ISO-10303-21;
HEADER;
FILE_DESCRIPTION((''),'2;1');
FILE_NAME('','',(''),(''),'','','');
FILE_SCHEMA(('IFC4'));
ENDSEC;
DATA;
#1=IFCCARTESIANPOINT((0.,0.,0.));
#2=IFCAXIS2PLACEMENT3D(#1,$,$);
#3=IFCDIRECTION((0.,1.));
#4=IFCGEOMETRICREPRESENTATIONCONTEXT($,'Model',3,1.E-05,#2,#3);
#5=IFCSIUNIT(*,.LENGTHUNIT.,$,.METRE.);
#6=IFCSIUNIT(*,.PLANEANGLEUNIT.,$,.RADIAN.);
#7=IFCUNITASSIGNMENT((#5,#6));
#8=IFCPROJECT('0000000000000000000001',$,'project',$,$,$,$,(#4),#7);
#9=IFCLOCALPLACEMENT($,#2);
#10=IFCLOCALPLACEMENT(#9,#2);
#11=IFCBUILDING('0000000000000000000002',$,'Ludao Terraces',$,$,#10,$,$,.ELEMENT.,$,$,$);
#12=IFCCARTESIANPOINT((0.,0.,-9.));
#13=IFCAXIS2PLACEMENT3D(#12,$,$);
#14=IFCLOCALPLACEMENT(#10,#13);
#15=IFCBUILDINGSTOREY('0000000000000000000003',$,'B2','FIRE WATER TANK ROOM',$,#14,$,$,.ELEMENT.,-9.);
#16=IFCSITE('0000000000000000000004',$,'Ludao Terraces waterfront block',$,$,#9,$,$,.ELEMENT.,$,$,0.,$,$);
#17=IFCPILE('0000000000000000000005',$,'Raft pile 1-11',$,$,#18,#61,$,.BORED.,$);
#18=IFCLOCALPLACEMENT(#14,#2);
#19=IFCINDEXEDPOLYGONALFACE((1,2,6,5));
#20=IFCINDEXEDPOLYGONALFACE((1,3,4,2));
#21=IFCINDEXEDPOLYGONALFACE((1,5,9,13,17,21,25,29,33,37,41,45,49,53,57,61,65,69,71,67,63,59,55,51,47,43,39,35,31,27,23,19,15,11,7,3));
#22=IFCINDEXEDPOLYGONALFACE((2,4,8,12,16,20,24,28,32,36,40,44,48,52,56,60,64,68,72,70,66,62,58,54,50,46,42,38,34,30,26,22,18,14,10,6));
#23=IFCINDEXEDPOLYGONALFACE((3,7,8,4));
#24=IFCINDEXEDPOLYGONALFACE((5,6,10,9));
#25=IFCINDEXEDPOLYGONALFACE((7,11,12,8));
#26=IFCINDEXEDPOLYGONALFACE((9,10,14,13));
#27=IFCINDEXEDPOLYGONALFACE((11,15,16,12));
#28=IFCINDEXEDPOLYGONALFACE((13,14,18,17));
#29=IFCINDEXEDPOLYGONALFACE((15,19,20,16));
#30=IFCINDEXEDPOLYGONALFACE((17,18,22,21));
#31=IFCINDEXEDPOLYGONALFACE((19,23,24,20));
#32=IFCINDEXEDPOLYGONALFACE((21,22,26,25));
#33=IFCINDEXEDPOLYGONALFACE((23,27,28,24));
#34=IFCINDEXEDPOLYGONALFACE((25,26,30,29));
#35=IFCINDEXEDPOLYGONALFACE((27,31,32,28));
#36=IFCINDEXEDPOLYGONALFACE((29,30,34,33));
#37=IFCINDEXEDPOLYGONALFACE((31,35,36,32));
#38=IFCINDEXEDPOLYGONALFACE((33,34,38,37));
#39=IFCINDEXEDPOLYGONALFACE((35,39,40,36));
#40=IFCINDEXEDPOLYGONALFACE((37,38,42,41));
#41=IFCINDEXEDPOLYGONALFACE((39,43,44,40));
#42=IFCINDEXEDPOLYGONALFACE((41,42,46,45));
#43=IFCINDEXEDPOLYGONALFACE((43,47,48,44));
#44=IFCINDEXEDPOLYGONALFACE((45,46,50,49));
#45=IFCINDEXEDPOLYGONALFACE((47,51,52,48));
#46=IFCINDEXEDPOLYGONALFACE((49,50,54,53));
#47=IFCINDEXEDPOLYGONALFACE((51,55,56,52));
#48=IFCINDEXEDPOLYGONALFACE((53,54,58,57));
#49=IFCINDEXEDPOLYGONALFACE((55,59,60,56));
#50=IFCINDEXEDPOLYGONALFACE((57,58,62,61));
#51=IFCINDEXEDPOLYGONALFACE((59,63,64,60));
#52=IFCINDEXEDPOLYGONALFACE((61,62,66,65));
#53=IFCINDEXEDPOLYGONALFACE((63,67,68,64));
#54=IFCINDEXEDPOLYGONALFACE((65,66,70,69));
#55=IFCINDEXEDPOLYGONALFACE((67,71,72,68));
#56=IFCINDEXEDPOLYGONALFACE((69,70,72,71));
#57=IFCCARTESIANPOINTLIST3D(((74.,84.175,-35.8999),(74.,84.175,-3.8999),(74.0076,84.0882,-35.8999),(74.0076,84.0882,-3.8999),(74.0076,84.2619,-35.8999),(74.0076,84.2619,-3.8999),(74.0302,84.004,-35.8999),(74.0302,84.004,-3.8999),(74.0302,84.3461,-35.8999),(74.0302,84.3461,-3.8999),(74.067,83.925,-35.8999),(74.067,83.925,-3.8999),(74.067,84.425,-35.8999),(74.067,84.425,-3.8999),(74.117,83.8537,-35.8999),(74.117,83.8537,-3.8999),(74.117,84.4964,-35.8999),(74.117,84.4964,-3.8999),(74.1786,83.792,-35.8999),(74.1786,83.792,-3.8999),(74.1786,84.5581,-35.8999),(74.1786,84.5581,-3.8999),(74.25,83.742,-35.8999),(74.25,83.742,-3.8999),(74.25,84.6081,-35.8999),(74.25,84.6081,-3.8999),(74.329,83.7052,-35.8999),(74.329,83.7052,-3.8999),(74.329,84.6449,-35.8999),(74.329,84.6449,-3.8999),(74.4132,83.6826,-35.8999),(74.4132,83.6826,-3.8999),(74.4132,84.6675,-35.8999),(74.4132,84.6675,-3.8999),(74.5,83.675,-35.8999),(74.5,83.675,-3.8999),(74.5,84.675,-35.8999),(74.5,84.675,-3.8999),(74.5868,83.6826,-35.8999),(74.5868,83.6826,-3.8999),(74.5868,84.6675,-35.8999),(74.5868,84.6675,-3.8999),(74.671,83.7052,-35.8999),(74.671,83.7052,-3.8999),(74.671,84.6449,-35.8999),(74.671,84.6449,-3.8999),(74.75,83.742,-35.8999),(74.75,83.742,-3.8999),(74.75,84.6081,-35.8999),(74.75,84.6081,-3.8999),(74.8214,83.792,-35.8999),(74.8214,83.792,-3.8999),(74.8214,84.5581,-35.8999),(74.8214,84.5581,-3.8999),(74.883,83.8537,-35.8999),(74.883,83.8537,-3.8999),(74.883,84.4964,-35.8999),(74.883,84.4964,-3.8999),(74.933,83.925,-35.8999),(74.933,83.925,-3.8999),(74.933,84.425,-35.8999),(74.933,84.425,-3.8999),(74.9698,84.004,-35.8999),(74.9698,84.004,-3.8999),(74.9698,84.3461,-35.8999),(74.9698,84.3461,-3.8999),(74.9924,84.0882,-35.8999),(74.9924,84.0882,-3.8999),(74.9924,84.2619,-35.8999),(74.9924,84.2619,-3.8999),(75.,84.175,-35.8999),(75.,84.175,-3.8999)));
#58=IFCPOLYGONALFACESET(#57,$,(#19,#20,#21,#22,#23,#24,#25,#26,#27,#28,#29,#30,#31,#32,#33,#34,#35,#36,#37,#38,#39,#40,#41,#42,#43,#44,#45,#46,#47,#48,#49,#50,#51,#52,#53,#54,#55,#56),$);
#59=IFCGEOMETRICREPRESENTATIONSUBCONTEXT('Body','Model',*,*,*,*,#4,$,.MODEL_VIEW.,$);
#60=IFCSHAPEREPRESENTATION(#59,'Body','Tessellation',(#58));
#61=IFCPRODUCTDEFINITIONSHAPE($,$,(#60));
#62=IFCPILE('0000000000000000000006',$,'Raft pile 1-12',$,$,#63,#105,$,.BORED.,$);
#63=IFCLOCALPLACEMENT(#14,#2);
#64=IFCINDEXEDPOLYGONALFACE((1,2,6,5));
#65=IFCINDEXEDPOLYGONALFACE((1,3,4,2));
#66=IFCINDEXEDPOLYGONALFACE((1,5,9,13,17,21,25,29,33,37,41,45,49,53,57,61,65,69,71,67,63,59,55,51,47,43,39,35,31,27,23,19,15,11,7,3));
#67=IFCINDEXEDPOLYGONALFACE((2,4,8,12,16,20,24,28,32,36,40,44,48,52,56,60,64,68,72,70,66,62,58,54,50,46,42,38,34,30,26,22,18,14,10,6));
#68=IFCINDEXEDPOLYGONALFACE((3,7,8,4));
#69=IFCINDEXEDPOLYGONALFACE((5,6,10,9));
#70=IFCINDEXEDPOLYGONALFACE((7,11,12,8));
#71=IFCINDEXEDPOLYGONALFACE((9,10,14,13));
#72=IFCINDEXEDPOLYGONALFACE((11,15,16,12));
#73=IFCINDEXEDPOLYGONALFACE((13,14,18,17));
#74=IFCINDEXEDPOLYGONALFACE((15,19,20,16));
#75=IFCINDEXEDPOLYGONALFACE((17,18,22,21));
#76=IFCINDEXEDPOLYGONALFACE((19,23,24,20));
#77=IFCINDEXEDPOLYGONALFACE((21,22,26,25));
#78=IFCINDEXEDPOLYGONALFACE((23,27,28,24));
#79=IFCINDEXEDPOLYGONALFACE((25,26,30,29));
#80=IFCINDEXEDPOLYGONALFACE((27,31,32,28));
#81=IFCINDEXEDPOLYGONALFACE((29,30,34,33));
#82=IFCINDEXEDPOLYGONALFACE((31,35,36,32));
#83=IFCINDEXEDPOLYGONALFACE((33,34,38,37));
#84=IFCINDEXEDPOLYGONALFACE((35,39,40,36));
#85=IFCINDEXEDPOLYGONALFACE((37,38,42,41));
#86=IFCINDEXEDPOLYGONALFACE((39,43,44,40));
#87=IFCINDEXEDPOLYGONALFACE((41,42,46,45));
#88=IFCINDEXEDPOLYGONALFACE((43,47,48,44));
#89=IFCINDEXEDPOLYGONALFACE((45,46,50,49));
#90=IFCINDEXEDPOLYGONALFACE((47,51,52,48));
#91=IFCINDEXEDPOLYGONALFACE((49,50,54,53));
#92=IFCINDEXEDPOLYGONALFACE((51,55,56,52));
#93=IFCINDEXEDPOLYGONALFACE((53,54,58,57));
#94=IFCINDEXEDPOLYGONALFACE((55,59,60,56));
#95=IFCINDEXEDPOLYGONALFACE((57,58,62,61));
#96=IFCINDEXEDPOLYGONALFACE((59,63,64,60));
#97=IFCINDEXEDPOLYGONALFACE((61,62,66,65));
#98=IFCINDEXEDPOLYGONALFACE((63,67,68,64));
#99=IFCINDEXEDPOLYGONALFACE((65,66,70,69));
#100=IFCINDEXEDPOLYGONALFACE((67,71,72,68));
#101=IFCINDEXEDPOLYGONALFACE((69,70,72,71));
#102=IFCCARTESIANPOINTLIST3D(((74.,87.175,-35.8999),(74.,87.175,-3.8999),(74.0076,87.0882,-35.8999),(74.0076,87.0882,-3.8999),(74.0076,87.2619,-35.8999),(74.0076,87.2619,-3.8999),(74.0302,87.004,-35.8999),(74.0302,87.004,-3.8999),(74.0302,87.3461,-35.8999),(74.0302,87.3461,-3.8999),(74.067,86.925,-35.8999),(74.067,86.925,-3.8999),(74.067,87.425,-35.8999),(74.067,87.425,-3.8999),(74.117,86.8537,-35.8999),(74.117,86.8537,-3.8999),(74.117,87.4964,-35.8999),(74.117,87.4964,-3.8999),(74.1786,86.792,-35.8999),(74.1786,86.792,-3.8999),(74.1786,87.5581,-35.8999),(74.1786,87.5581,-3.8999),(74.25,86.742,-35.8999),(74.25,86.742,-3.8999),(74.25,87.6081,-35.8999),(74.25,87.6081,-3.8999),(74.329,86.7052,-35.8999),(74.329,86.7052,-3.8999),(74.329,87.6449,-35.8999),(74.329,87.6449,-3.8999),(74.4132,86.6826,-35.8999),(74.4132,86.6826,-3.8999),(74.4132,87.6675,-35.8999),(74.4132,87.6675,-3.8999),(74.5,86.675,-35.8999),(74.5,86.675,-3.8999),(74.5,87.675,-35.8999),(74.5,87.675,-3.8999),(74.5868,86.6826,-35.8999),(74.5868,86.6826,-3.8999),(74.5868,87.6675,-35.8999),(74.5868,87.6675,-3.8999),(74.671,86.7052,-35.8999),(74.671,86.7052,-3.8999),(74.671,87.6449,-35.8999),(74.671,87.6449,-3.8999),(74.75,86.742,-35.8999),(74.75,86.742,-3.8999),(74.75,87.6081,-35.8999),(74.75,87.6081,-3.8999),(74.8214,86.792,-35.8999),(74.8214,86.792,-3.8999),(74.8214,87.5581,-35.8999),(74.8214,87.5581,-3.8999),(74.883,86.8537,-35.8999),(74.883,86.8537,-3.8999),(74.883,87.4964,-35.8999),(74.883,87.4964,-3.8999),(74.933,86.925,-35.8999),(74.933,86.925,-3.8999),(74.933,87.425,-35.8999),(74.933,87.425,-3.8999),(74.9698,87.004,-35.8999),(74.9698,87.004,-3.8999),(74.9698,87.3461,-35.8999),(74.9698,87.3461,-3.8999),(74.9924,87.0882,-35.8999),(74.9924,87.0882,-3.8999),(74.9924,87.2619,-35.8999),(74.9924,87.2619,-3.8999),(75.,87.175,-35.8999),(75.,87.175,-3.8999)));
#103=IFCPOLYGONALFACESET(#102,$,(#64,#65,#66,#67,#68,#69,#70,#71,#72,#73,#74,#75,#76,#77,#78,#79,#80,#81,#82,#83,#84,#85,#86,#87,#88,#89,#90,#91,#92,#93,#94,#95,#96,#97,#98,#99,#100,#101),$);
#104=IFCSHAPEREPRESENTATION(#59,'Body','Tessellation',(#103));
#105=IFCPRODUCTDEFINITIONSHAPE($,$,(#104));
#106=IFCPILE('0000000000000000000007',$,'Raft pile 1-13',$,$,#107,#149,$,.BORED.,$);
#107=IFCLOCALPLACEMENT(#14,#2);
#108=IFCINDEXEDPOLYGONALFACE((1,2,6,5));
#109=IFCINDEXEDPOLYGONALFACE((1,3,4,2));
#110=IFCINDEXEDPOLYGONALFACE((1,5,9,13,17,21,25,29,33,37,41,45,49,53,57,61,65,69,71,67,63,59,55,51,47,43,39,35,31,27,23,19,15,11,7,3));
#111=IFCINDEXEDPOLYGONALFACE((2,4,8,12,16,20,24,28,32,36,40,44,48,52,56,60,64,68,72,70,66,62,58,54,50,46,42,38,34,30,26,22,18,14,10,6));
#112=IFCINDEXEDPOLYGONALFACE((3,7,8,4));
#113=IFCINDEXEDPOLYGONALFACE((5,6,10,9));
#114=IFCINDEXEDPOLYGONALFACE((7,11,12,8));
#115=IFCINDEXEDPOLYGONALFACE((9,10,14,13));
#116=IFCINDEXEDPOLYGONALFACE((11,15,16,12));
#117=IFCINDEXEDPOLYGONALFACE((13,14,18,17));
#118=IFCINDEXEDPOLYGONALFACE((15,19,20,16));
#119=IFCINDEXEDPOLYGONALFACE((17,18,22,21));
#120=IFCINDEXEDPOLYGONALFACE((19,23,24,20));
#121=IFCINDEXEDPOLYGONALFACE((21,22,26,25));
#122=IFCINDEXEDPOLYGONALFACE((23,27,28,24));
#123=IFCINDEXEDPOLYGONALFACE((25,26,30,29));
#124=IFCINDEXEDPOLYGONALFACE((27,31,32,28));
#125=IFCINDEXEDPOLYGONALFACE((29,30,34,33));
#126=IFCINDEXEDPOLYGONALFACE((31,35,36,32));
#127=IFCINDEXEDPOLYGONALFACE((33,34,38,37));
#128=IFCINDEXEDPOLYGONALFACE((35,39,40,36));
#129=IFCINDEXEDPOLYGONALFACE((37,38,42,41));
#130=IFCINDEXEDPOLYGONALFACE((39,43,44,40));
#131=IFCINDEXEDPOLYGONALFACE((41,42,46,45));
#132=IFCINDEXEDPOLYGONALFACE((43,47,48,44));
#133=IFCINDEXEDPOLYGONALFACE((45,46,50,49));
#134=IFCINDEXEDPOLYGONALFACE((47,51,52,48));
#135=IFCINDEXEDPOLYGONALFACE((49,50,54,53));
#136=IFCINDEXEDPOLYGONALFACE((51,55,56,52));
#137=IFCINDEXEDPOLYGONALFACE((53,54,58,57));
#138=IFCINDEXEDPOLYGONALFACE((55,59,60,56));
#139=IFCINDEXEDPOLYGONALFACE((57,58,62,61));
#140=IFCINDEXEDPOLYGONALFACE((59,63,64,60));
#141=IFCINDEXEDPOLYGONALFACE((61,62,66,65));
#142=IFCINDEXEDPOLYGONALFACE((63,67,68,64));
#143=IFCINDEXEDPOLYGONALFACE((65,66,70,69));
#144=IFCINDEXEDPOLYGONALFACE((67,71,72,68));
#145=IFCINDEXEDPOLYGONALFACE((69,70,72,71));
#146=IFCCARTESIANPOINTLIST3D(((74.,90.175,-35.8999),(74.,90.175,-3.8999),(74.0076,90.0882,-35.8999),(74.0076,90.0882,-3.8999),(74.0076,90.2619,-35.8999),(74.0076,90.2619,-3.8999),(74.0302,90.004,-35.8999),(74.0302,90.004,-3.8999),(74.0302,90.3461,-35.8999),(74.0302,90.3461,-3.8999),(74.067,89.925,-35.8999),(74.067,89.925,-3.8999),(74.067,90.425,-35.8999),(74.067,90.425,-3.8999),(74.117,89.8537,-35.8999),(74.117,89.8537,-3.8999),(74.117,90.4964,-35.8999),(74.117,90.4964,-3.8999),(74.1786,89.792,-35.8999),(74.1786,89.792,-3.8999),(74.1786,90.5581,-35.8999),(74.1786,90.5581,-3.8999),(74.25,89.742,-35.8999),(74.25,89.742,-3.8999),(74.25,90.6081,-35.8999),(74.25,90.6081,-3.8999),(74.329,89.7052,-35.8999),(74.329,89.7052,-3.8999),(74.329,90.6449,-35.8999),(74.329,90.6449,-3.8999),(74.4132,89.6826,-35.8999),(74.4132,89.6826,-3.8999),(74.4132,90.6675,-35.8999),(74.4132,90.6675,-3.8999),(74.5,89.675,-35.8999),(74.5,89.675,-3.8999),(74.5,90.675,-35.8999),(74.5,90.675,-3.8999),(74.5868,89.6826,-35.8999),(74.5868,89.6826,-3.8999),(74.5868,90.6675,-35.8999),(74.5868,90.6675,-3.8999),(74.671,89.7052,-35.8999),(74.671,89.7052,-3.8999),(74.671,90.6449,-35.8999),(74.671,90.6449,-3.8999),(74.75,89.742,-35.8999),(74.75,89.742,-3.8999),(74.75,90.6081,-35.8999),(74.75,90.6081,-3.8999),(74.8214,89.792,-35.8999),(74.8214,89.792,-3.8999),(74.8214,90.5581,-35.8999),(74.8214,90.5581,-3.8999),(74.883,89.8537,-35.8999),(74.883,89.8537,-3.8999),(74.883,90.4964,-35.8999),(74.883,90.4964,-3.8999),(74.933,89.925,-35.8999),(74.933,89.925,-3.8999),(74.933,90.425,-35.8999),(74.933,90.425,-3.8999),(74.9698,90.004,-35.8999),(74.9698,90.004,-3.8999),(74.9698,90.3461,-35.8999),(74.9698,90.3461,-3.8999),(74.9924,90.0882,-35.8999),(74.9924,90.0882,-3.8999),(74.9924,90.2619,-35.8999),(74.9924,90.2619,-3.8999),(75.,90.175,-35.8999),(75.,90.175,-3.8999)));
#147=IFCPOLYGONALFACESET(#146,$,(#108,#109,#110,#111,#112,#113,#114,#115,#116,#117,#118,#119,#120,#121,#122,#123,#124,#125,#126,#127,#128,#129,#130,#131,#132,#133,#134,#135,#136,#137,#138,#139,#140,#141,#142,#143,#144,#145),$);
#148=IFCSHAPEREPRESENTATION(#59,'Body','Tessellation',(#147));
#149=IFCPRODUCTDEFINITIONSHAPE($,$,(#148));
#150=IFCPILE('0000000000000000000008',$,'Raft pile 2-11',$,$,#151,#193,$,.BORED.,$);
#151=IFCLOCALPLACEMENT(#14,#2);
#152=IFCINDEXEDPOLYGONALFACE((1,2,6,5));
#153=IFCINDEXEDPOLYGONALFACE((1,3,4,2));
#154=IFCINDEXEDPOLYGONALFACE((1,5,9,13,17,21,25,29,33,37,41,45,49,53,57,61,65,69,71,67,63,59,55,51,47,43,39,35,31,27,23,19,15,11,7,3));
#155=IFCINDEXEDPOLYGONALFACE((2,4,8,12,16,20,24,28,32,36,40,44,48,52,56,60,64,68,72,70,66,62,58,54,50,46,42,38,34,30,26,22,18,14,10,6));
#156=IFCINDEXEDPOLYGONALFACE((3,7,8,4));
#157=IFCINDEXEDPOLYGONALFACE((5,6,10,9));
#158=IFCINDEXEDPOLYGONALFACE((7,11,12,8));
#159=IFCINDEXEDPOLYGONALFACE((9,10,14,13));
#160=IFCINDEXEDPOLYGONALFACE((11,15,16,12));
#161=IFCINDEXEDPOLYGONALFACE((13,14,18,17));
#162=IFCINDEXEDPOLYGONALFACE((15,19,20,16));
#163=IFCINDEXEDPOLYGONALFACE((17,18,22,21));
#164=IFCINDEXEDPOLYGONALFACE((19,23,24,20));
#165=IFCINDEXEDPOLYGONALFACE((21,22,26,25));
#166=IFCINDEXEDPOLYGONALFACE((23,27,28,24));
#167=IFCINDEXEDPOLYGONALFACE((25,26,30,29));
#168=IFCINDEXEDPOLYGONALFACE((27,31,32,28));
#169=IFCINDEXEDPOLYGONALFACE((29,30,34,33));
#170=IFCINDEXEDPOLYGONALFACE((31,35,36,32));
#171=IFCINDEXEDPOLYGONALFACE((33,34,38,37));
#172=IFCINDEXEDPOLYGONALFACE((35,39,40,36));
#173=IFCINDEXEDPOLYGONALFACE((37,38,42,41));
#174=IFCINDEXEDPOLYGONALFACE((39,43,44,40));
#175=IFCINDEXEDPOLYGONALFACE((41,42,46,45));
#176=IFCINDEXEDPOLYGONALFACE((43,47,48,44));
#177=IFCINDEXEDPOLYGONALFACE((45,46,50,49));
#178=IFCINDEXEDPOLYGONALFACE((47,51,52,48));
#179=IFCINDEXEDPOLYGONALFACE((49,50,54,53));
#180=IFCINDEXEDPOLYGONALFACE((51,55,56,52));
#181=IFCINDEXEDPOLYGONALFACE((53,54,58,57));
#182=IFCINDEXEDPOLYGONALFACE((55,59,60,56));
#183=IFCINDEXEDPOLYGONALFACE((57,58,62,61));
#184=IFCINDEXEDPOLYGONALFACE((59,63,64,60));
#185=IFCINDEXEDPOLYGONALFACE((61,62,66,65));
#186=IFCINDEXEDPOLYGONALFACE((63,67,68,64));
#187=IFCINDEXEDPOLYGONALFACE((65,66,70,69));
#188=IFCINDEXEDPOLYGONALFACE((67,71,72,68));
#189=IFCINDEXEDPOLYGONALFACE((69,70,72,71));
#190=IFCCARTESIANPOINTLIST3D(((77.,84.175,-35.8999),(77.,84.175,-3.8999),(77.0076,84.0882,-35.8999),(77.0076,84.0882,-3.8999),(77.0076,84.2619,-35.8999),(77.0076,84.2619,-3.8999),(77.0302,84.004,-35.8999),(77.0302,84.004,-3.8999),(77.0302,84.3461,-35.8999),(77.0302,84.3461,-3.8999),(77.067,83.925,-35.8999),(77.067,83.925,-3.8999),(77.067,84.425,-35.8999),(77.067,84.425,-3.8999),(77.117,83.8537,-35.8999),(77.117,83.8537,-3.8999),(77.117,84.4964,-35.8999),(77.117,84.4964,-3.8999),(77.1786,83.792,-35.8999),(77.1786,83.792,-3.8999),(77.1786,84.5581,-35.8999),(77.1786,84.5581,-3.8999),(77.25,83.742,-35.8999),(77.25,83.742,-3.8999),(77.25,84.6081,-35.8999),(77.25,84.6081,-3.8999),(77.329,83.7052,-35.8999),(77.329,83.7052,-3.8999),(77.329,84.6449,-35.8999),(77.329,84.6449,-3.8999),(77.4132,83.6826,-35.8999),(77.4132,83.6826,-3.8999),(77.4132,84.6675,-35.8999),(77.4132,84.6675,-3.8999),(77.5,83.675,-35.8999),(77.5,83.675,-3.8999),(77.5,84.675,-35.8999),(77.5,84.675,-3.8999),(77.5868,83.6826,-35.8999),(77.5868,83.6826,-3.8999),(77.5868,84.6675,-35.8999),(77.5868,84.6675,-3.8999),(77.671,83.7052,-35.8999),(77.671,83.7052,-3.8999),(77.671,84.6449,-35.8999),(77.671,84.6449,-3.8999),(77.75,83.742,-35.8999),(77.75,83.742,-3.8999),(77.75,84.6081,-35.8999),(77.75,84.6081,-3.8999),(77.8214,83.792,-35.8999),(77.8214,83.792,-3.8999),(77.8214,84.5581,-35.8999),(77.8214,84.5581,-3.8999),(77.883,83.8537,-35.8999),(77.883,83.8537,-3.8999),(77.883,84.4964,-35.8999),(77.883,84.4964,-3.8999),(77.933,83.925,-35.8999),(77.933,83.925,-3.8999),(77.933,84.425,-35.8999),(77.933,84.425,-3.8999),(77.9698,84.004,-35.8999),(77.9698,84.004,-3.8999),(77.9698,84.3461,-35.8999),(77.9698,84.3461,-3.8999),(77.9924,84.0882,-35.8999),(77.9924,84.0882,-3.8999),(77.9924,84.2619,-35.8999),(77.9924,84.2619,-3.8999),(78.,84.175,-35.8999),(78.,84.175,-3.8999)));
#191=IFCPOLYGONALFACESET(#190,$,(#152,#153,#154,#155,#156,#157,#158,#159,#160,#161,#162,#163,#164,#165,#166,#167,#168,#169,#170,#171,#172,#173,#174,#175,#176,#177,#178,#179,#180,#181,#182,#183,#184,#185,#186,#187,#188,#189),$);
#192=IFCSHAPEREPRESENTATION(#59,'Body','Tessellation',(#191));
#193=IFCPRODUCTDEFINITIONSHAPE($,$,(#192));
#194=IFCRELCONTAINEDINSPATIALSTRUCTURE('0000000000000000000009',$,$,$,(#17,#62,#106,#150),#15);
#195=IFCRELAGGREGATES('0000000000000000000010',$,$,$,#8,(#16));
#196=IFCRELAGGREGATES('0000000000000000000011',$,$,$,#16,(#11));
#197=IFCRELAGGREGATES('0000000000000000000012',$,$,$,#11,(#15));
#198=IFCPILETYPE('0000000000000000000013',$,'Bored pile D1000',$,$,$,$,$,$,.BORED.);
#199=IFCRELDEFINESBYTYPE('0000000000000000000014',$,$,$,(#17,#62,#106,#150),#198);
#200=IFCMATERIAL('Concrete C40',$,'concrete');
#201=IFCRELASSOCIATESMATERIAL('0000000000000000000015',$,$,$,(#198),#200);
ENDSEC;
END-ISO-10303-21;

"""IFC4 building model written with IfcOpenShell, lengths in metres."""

from ifc_helpers import new_model, si_unit, direction, frame, origin, origin_2d, place, context, subcontext, project, spatial, circle, extrude, material, material_profile, profile_set, type_object, element, save


model = new_model("IFC4")

# Units and contexts
model_context = context("Model", 3, precision=1e-05, world=origin(), true_north=direction((0.0, 1.0)))
body_context = subcontext(model_context, "Body", "Model", "MODEL_VIEW")
ifc_project = project(units=[si_unit("LENGTHUNIT", "METRE"), si_unit("PLANEANGLEUNIT", "RADIAN")], contexts=[model_context])

# Site, building, storey
site_placement = place(None, origin())
site = spatial("IfcSite", under=ifc_project, at=site_placement, Name="Ludao Terraces waterfront block", CompositionType="ELEMENT", RefElevation=0.0)
building_placement = place(site_placement, origin())
building = spatial("IfcBuilding", under=site, at=building_placement, Name="Ludao Terraces", CompositionType="ELEMENT")
storey_placement = place(building_placement, frame((0.0, 0.0, -9.0)))
storey = spatial("IfcBuildingStorey", under=building, at=storey_placement, Name="B2", Description="FIRE WATER TANK ROOM", CompositionType="ELEMENT", Elevation=-9.0)

# Piles
ifc_material_1 = material(Name="Concrete C40", Category="concrete")
ifc_material_profile_1 = material_profile(ifc_material_1, circle(Radius=0.5, at=origin_2d()), Name="D1000 BORED PILE")
ifc_profile_set_1 = profile_set([ifc_material_profile_1], Name="Concrete C40")
pile_type = type_object("IfcPileType", Name="Bored pile D1000", PredefinedType="BORED", material=ifc_profile_set_1)
for number, where, z_axis, x_axis, name in (
    (1, (74.5, 84.175, -3.8999), (0.0, 0.0, -1.0), (1.0, 0.0, 0.0), "Raft pile 1-11"),
    (2, (74.5, 87.175, -3.8999), (0.0, 0.0, -1.0), (1.0, 0.0, 0.0), "Raft pile 1-12"),
    (3, (74.5, 90.175, -3.8999), (0.0, 0.0, -1.0), (1.0, 0.0, 0.0), "Raft pile 1-13"),
    (4, (77.5, 84.175, -3.8999), (0.0, 0.0, -1.0), (1.0, 0.0, 0.0), "Raft pile 2-11"),
):
    element("IfcPile", number, at=place(storey_placement, frame(where, z_axis=z_axis, x_axis=x_axis)), inside=storey, type_object=pile_type, Name=name, PredefinedType="BORED", context=body_context, shape_type="SweptSolid", body=[
        extrude(circle(Radius=0.5, at=origin_2d()), origin(), (0.0, 0.0, 1.0), 32.0),
    ])

save(model, "model.ifc")
